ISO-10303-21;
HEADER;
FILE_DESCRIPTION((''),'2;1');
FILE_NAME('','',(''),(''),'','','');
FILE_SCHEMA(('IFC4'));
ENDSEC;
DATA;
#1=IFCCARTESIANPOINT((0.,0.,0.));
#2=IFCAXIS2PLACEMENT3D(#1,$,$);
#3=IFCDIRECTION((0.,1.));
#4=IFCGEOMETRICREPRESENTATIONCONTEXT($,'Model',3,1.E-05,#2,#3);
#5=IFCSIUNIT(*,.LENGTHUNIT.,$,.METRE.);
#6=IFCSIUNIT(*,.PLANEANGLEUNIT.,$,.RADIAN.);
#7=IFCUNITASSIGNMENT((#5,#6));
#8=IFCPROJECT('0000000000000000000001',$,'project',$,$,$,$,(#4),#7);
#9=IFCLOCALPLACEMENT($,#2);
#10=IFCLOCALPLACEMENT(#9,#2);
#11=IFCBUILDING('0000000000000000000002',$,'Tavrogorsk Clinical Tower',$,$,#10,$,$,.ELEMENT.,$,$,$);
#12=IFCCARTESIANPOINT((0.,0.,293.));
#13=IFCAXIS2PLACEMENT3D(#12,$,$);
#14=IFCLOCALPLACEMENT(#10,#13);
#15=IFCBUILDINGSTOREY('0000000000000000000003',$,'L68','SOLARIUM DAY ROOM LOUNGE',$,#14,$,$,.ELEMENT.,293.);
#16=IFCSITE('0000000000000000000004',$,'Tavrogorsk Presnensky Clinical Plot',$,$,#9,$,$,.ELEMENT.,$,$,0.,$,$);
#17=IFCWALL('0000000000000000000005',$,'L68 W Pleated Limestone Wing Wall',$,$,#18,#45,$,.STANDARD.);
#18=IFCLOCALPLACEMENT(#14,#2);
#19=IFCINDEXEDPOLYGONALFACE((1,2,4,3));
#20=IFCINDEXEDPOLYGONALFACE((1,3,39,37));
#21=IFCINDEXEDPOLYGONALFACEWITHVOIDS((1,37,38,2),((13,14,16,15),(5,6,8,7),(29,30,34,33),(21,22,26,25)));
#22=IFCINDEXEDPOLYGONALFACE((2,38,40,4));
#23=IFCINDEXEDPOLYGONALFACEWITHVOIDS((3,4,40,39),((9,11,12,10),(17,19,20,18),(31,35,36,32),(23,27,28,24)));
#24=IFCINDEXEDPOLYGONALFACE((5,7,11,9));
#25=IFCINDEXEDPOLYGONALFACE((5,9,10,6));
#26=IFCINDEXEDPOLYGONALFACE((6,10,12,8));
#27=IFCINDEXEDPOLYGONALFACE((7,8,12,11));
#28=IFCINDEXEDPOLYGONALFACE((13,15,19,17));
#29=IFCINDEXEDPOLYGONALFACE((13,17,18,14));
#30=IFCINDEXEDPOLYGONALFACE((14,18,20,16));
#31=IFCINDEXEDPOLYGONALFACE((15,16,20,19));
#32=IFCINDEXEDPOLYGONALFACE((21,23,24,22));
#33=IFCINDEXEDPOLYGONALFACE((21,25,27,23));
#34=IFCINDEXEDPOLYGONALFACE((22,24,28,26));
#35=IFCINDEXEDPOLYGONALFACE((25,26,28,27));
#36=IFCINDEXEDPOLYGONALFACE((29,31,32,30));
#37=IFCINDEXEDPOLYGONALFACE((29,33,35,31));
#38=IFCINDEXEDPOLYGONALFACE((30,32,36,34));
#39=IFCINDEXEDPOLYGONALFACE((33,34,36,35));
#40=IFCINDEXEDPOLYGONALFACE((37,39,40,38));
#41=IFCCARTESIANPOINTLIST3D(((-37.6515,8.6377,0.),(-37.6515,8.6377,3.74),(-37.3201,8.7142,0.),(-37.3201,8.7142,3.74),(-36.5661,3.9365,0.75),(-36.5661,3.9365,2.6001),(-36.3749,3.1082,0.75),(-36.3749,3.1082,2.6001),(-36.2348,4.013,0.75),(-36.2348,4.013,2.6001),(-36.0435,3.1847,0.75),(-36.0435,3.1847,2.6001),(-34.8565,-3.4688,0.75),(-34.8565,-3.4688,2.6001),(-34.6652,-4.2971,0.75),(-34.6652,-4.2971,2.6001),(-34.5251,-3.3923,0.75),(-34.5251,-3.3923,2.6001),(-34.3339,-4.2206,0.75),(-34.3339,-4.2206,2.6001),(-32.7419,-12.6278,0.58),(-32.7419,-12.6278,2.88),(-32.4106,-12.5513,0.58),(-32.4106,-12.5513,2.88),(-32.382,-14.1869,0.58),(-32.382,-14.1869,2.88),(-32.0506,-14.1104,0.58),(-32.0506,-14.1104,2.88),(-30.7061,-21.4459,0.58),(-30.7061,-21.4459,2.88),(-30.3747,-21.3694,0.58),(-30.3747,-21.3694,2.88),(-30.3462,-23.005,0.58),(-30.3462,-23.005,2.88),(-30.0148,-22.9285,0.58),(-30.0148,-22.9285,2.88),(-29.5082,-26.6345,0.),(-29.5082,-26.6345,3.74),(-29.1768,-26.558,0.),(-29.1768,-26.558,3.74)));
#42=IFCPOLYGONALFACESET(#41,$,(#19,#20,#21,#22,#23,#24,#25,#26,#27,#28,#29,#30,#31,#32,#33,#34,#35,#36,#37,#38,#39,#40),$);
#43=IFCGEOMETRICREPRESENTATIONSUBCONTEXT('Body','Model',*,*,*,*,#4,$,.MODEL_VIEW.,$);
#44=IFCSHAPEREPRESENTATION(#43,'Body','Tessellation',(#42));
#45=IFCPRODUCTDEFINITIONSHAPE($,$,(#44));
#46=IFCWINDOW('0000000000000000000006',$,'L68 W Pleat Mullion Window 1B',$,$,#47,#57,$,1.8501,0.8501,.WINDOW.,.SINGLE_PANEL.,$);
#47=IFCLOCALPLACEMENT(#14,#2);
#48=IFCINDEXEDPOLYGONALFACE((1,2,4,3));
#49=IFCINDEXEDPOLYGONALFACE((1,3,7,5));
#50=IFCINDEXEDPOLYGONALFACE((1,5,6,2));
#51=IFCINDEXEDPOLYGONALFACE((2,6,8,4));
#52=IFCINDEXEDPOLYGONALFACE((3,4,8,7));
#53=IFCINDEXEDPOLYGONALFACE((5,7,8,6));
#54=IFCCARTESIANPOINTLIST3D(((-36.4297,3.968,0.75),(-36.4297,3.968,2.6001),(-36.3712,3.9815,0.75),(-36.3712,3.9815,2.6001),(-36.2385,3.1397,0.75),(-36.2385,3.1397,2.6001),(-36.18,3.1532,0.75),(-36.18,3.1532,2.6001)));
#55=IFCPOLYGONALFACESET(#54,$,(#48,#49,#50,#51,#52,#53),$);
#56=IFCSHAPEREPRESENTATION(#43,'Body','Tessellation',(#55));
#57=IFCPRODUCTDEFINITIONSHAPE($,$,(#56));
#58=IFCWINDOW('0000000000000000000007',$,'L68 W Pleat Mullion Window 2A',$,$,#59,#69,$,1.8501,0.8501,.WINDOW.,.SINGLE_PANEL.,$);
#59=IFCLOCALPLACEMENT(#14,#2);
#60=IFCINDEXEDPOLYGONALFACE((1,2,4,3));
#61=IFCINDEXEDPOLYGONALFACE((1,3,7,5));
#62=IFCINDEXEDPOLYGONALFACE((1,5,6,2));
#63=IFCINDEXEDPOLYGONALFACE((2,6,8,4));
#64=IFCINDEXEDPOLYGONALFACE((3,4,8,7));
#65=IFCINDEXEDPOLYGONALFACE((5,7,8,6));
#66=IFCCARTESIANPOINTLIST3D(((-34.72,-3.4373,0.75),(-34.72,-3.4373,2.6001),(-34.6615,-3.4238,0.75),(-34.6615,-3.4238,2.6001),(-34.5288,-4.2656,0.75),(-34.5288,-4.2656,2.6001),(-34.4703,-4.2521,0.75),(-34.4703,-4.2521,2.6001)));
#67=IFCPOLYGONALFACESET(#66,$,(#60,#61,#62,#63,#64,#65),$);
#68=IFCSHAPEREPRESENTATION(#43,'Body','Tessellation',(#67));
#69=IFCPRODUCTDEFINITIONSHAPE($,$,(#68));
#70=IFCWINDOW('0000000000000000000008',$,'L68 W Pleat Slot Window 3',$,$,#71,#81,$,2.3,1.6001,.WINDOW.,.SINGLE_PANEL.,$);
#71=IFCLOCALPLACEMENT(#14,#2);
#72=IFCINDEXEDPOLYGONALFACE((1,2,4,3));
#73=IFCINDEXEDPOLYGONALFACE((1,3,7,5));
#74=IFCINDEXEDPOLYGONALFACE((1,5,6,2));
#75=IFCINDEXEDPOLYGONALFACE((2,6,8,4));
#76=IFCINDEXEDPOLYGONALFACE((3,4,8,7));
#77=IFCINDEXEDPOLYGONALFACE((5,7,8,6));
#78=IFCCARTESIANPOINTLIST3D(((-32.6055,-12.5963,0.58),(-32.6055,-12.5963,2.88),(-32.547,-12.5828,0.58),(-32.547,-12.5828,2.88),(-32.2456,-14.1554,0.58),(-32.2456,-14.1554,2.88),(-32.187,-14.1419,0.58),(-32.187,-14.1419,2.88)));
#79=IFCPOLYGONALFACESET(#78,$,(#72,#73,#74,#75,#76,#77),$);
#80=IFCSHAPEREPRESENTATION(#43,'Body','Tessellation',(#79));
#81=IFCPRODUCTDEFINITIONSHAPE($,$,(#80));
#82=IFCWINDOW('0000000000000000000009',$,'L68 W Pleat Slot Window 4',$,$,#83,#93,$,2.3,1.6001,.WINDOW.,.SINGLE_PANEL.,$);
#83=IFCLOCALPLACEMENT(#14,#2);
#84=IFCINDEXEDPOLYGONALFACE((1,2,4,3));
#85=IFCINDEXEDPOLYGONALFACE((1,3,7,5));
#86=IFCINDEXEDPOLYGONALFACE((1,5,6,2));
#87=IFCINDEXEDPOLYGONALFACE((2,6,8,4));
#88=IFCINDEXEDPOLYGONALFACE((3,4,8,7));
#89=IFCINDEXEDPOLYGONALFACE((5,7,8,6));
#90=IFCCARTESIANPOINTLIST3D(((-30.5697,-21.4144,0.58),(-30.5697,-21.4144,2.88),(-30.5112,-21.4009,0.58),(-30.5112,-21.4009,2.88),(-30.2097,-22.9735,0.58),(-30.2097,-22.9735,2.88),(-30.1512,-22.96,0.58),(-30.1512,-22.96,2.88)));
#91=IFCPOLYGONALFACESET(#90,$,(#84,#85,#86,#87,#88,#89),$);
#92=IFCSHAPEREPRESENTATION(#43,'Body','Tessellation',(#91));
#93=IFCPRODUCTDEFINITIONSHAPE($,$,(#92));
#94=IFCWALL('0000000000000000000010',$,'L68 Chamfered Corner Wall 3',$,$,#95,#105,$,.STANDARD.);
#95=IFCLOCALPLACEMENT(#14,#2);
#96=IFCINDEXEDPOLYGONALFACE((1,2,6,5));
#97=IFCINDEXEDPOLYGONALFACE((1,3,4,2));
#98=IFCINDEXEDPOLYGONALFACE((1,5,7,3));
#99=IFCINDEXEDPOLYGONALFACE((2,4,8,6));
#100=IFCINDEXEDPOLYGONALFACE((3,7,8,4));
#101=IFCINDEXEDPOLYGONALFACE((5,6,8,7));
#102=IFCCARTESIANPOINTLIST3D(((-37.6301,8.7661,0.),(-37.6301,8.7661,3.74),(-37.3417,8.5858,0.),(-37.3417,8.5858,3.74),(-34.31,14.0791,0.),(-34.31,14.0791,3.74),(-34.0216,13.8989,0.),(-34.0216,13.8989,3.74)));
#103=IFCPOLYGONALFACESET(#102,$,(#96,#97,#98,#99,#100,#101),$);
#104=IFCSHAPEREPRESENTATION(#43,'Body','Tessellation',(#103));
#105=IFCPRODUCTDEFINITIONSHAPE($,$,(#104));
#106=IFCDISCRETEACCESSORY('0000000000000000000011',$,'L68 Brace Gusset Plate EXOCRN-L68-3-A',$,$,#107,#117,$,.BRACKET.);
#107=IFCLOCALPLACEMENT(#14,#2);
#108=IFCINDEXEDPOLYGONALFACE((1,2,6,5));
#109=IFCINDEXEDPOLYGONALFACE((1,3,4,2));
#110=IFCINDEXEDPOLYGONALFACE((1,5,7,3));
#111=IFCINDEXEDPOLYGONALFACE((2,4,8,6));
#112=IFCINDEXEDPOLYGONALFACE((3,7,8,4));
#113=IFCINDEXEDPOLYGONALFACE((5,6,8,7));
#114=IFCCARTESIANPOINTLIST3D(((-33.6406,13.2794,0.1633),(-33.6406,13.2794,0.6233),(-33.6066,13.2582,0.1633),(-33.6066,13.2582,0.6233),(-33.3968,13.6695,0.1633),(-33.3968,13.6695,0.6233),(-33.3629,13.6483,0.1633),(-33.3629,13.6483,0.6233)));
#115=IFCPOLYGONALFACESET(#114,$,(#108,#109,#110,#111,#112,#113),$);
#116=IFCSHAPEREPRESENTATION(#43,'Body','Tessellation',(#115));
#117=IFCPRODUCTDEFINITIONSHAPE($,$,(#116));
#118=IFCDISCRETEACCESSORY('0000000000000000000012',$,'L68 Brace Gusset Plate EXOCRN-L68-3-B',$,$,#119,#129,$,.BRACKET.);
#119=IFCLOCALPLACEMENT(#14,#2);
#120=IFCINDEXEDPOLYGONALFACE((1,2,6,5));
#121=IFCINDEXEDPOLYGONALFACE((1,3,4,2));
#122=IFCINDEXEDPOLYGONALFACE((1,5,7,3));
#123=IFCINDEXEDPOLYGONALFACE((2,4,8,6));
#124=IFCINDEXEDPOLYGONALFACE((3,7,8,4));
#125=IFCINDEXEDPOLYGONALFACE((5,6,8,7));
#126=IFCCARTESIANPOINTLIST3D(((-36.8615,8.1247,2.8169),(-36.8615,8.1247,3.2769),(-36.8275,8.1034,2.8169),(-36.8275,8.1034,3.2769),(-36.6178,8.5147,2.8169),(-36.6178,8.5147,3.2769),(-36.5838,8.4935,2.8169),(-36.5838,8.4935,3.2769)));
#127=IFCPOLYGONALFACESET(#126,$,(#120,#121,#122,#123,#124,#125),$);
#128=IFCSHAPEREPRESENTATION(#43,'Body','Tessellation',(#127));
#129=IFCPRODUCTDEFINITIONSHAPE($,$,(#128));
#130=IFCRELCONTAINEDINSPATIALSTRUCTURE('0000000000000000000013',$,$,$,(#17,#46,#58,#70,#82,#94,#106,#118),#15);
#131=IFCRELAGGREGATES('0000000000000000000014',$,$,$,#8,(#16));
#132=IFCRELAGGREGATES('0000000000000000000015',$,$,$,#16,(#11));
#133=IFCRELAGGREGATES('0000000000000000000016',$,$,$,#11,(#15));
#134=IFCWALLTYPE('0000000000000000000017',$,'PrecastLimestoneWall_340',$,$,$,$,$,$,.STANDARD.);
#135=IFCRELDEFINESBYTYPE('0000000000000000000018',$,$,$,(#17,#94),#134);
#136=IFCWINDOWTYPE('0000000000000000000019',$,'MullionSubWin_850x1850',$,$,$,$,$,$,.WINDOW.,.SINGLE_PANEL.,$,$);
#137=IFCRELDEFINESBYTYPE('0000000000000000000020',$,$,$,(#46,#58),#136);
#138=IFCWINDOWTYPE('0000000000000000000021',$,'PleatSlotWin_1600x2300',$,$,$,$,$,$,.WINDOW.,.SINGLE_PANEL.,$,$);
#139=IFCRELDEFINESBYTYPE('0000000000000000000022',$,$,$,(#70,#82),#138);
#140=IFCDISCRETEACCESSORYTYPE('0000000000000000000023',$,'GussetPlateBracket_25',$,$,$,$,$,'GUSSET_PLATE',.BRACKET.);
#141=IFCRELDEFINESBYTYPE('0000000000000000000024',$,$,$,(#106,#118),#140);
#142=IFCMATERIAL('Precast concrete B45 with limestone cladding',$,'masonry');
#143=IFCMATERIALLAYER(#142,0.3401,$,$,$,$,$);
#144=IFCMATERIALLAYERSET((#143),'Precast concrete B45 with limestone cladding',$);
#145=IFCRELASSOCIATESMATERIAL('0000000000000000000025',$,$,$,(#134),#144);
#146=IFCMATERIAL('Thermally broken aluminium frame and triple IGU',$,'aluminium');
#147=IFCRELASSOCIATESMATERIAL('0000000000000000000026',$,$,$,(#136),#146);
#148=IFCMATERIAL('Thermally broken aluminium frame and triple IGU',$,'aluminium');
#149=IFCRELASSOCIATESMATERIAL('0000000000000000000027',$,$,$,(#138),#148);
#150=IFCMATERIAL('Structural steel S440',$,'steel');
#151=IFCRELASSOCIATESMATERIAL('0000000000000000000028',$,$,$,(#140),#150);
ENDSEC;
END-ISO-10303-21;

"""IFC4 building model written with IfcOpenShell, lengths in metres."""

from ifc_helpers import new_model, si_unit, direction, frame, frame_2d, origin, origin_2d, place, context, subcontext, project, spatial, rectangle, extrude, material, layer, layer_set, type_object, element, fill, save


model = new_model("IFC4")

# Units and contexts
model_context = context("Model", 3, precision=1e-05, world=origin(), true_north=direction((0.0, 1.0)))
body_context = subcontext(model_context, "Body", "Model", "MODEL_VIEW")
ifc_project = project(units=[si_unit("LENGTHUNIT", "METRE"), si_unit("PLANEANGLEUNIT", "RADIAN")], contexts=[model_context])

# Site, building, storey
site_placement = place(None, origin())
site = spatial("IfcSite", under=ifc_project, at=site_placement, Name="Tavrogorsk Presnensky Clinical Plot", CompositionType="ELEMENT", RefElevation=0.0)
building_placement = place(site_placement, origin())
building = spatial("IfcBuilding", under=site, at=building_placement, Name="Tavrogorsk Clinical Tower", CompositionType="ELEMENT")
storey_placement = place(building_placement, frame((0.0, 0.0, 293.0)))
storey = spatial("IfcBuildingStorey", under=building, at=storey_placement, Name="L68", Description="SOLARIUM DAY ROOM LOUNGE", CompositionType="ELEMENT", Elevation=293.0)

# Wall, openings, windows
ifc_material_1 = material(Name="Precast concrete B45 with limestone cladding", Category="masonry")
ifc_layer_1 = layer(ifc_material_1, 0.3401)
ifc_layer_set_1 = layer_set([ifc_layer_1], Name="Precast concrete B45 with limestone cladding")
wall_type_1 = type_object("IfcWallType", Name="PrecastLimestoneWall_340", PredefinedType="STANDARD", material=ifc_layer_set_1)
wall_1_placement = place(storey_placement, frame((-37.4858, 8.676, 0.0), z_axis=(0.0, 0.0, 1.0), x_axis=(0.224953, -0.97437, 0.0)))
wall_1 = element("IfcWall", 1, at=wall_1_placement, inside=storey, type_object=wall_type_1, Name="L68 W Pleated Limestone Wing Wall", PredefinedType="STANDARD", context=body_context, shape_type="SweptSolid", body=[
    extrude(rectangle(XDim=36.2, YDim=0.3401, at=frame_2d((18.1001, 0.0))), origin(), (0.0, 0.0, 1.0), 3.74),
])
opening_1_placement = place(wall_1_placement, frame((4.825, 0.0, 0.75)))
opening_1 = element("IfcOpeningElement", 2, at=opening_1_placement, cuts=wall_1, PredefinedType="OPENING", context=body_context, shape_type="SweptSolid", body=[
    extrude(rectangle(XDim=0.8501, YDim=1.8501, at=frame_2d((0.425, 0.925))), frame((0.0, 0.1799, 0.0), z_axis=(0.0, -1.0, 0.0), x_axis=(1.0, 0.0, 0.0)), (0.0, 0.0, 1.0), 0.3601),
])
opening_2_placement = place(wall_1_placement, frame((12.425, 0.0, 0.75)))
opening_2 = element("IfcOpeningElement", 3, at=opening_2_placement, cuts=wall_1, PredefinedType="OPENING", context=body_context, shape_type="SweptSolid", body=[
    extrude(rectangle(XDim=0.8501, YDim=1.8501, at=frame_2d((0.425, 0.925))), frame((0.0, 0.1799, 0.0), z_axis=(0.0, -1.0, 0.0), x_axis=(1.0, 0.0, 0.0)), (0.0, 0.0, 1.0), 0.3601),
])
opening_3_placement = place(wall_1_placement, frame((21.825, 0.0, 0.5801)))
opening_3 = element("IfcOpeningElement", 4, at=opening_3_placement, cuts=wall_1, PredefinedType="OPENING", context=body_context, shape_type="SweptSolid", body=[
    extrude(rectangle(XDim=1.6001, YDim=2.3, at=frame_2d((0.8, 1.1499))), frame((0.0, 0.1799, 0.0), z_axis=(0.0, -1.0, 0.0), x_axis=(1.0, 0.0, 0.0)), (0.0, 0.0, 1.0), 0.3601),
])
opening_4_placement = place(wall_1_placement, frame((30.875, 0.0, 0.5801)))
opening_4 = element("IfcOpeningElement", 5, at=opening_4_placement, cuts=wall_1, PredefinedType="OPENING", context=body_context, shape_type="SweptSolid", body=[
    extrude(rectangle(XDim=1.6001, YDim=2.3, at=frame_2d((0.8, 1.1499))), frame((0.0, 0.1799, 0.0), z_axis=(0.0, -1.0, 0.0), x_axis=(1.0, 0.0, 0.0)), (0.0, 0.0, 1.0), 0.3601),
])
ifc_material_2 = material(Name="Thermally broken aluminium frame and triple IGU", Category="aluminium")
window_type_1 = type_object("IfcWindowType", Name="MullionSubWin_850x1850", PartitioningType="SINGLE_PANEL", PredefinedType="WINDOW", material=ifc_material_2)
window_1_placement = place(opening_1_placement, origin())
window_1 = element("IfcWindow", 6, at=window_1_placement, inside=storey, type_object=window_type_1, Name="L68 W Pleat Mullion Window 1B", OverallHeight=1.8501, OverallWidth=0.8501, PartitioningType="SINGLE_PANEL", PredefinedType="WINDOW", context=body_context, shape_type="SweptSolid", body=[
    extrude(rectangle(XDim=0.8501, YDim=1.8501, at=frame_2d((0.425, 0.925))), frame((0.0, 0.03, 0.0), z_axis=(0.0, -1.0, 0.0), x_axis=(1.0, 0.0, 0.0)), (0.0, 0.0, 1.0), 0.0601),
])
fill(opening_1, window_1)
window_2_placement = place(opening_2_placement, origin())
window_2 = element("IfcWindow", 7, at=window_2_placement, inside=storey, type_object=window_type_1, Name="L68 W Pleat Mullion Window 2A", OverallHeight=1.8501, OverallWidth=0.8501, PartitioningType="SINGLE_PANEL", PredefinedType="WINDOW", context=body_context, shape_type="SweptSolid", body=[
    extrude(rectangle(XDim=0.8501, YDim=1.8501, at=frame_2d((0.425, 0.925))), frame((0.0, 0.03, 0.0), z_axis=(0.0, -1.0, 0.0), x_axis=(1.0, 0.0, 0.0)), (0.0, 0.0, 1.0), 0.0601),
])
fill(opening_2, window_2)
ifc_material_3 = material(Name="Thermally broken aluminium frame and triple IGU", Category="aluminium")
window_type_2 = type_object("IfcWindowType", Name="PleatSlotWin_1600x2300", PartitioningType="SINGLE_PANEL", PredefinedType="WINDOW", material=ifc_material_3)
window_3_placement = place(opening_3_placement, origin())
window_3 = element("IfcWindow", 8, at=window_3_placement, inside=storey, type_object=window_type_2, Name="L68 W Pleat Slot Window 3", OverallHeight=2.3, OverallWidth=1.6001, PartitioningType="SINGLE_PANEL", PredefinedType="WINDOW", context=body_context, shape_type="SweptSolid", body=[
    extrude(rectangle(XDim=1.6001, YDim=2.3, at=frame_2d((0.8, 1.1499))), frame((0.0, 0.03, 0.0), z_axis=(0.0, -1.0, 0.0), x_axis=(1.0, 0.0, 0.0)), (0.0, 0.0, 1.0), 0.0601),
])
fill(opening_3, window_3)
window_4_placement = place(opening_4_placement, origin())
window_4 = element("IfcWindow", 9, at=window_4_placement, inside=storey, type_object=window_type_2, Name="L68 W Pleat Slot Window 4", OverallHeight=2.3, OverallWidth=1.6001, PartitioningType="SINGLE_PANEL", PredefinedType="WINDOW", context=body_context, shape_type="SweptSolid", body=[
    extrude(rectangle(XDim=1.6001, YDim=2.3, at=frame_2d((0.8, 1.1499))), frame((0.0, 0.03, 0.0), z_axis=(0.0, -1.0, 0.0), x_axis=(1.0, 0.0, 0.0)), (0.0, 0.0, 1.0), 0.0601),
])
fill(opening_4, window_4)

# Wall
wall_2_placement = place(storey_placement, frame((-34.1658, 13.989, 0.0), z_axis=(0.0, 0.0, 1.0), x_axis=(-0.529936, -0.848038, 0.0)))
element("IfcWall", 10, at=wall_2_placement, inside=storey, type_object=wall_type_1, Name="L68 Chamfered Corner Wall 3", PredefinedType="STANDARD", context=body_context, shape_type="SweptSolid", body=[
    extrude(rectangle(XDim=6.2651, YDim=0.3401, at=frame_2d((3.1326, 0.0))), origin(), (0.0, 0.0, 1.0), 3.74),
])

# Discrete accessories
ifc_material_4 = material(Name="Structural steel S440", Category="steel")
discrete_accessory_type = type_object("IfcDiscreteAccessoryType", Name="GussetPlateBracket_25", ElementType="GUSSET_PLATE", PredefinedType="BRACKET", material=ifc_material_4)
for number, where, z_axis, x_axis, name in (
    (11, (-33.5017, 13.4639, 0.1633), (0.0, 0.0, 1.0), (-0.529919, -0.848048, 0.0), "L68 Brace Gusset Plate EXOCRN-L68-3-A"),
    (12, (-36.7227, 8.3091, 2.8169), (0.0, 0.0, 1.0), (-0.529919, -0.848048, 0.0), "L68 Brace Gusset Plate EXOCRN-L68-3-B"),
):
    element("IfcDiscreteAccessory", number, at=place(storey_placement, frame(where, z_axis=z_axis, x_axis=x_axis)), inside=storey, type_object=discrete_accessory_type, Name=name, PredefinedType="BRACKET", context=body_context, shape_type="SweptSolid", body=[
        extrude(rectangle(XDim=0.46, YDim=0.04, at=origin_2d()), origin(), (0.0, 0.0, 1.0), 0.46),
    ])

save(model, "model.ifc")
